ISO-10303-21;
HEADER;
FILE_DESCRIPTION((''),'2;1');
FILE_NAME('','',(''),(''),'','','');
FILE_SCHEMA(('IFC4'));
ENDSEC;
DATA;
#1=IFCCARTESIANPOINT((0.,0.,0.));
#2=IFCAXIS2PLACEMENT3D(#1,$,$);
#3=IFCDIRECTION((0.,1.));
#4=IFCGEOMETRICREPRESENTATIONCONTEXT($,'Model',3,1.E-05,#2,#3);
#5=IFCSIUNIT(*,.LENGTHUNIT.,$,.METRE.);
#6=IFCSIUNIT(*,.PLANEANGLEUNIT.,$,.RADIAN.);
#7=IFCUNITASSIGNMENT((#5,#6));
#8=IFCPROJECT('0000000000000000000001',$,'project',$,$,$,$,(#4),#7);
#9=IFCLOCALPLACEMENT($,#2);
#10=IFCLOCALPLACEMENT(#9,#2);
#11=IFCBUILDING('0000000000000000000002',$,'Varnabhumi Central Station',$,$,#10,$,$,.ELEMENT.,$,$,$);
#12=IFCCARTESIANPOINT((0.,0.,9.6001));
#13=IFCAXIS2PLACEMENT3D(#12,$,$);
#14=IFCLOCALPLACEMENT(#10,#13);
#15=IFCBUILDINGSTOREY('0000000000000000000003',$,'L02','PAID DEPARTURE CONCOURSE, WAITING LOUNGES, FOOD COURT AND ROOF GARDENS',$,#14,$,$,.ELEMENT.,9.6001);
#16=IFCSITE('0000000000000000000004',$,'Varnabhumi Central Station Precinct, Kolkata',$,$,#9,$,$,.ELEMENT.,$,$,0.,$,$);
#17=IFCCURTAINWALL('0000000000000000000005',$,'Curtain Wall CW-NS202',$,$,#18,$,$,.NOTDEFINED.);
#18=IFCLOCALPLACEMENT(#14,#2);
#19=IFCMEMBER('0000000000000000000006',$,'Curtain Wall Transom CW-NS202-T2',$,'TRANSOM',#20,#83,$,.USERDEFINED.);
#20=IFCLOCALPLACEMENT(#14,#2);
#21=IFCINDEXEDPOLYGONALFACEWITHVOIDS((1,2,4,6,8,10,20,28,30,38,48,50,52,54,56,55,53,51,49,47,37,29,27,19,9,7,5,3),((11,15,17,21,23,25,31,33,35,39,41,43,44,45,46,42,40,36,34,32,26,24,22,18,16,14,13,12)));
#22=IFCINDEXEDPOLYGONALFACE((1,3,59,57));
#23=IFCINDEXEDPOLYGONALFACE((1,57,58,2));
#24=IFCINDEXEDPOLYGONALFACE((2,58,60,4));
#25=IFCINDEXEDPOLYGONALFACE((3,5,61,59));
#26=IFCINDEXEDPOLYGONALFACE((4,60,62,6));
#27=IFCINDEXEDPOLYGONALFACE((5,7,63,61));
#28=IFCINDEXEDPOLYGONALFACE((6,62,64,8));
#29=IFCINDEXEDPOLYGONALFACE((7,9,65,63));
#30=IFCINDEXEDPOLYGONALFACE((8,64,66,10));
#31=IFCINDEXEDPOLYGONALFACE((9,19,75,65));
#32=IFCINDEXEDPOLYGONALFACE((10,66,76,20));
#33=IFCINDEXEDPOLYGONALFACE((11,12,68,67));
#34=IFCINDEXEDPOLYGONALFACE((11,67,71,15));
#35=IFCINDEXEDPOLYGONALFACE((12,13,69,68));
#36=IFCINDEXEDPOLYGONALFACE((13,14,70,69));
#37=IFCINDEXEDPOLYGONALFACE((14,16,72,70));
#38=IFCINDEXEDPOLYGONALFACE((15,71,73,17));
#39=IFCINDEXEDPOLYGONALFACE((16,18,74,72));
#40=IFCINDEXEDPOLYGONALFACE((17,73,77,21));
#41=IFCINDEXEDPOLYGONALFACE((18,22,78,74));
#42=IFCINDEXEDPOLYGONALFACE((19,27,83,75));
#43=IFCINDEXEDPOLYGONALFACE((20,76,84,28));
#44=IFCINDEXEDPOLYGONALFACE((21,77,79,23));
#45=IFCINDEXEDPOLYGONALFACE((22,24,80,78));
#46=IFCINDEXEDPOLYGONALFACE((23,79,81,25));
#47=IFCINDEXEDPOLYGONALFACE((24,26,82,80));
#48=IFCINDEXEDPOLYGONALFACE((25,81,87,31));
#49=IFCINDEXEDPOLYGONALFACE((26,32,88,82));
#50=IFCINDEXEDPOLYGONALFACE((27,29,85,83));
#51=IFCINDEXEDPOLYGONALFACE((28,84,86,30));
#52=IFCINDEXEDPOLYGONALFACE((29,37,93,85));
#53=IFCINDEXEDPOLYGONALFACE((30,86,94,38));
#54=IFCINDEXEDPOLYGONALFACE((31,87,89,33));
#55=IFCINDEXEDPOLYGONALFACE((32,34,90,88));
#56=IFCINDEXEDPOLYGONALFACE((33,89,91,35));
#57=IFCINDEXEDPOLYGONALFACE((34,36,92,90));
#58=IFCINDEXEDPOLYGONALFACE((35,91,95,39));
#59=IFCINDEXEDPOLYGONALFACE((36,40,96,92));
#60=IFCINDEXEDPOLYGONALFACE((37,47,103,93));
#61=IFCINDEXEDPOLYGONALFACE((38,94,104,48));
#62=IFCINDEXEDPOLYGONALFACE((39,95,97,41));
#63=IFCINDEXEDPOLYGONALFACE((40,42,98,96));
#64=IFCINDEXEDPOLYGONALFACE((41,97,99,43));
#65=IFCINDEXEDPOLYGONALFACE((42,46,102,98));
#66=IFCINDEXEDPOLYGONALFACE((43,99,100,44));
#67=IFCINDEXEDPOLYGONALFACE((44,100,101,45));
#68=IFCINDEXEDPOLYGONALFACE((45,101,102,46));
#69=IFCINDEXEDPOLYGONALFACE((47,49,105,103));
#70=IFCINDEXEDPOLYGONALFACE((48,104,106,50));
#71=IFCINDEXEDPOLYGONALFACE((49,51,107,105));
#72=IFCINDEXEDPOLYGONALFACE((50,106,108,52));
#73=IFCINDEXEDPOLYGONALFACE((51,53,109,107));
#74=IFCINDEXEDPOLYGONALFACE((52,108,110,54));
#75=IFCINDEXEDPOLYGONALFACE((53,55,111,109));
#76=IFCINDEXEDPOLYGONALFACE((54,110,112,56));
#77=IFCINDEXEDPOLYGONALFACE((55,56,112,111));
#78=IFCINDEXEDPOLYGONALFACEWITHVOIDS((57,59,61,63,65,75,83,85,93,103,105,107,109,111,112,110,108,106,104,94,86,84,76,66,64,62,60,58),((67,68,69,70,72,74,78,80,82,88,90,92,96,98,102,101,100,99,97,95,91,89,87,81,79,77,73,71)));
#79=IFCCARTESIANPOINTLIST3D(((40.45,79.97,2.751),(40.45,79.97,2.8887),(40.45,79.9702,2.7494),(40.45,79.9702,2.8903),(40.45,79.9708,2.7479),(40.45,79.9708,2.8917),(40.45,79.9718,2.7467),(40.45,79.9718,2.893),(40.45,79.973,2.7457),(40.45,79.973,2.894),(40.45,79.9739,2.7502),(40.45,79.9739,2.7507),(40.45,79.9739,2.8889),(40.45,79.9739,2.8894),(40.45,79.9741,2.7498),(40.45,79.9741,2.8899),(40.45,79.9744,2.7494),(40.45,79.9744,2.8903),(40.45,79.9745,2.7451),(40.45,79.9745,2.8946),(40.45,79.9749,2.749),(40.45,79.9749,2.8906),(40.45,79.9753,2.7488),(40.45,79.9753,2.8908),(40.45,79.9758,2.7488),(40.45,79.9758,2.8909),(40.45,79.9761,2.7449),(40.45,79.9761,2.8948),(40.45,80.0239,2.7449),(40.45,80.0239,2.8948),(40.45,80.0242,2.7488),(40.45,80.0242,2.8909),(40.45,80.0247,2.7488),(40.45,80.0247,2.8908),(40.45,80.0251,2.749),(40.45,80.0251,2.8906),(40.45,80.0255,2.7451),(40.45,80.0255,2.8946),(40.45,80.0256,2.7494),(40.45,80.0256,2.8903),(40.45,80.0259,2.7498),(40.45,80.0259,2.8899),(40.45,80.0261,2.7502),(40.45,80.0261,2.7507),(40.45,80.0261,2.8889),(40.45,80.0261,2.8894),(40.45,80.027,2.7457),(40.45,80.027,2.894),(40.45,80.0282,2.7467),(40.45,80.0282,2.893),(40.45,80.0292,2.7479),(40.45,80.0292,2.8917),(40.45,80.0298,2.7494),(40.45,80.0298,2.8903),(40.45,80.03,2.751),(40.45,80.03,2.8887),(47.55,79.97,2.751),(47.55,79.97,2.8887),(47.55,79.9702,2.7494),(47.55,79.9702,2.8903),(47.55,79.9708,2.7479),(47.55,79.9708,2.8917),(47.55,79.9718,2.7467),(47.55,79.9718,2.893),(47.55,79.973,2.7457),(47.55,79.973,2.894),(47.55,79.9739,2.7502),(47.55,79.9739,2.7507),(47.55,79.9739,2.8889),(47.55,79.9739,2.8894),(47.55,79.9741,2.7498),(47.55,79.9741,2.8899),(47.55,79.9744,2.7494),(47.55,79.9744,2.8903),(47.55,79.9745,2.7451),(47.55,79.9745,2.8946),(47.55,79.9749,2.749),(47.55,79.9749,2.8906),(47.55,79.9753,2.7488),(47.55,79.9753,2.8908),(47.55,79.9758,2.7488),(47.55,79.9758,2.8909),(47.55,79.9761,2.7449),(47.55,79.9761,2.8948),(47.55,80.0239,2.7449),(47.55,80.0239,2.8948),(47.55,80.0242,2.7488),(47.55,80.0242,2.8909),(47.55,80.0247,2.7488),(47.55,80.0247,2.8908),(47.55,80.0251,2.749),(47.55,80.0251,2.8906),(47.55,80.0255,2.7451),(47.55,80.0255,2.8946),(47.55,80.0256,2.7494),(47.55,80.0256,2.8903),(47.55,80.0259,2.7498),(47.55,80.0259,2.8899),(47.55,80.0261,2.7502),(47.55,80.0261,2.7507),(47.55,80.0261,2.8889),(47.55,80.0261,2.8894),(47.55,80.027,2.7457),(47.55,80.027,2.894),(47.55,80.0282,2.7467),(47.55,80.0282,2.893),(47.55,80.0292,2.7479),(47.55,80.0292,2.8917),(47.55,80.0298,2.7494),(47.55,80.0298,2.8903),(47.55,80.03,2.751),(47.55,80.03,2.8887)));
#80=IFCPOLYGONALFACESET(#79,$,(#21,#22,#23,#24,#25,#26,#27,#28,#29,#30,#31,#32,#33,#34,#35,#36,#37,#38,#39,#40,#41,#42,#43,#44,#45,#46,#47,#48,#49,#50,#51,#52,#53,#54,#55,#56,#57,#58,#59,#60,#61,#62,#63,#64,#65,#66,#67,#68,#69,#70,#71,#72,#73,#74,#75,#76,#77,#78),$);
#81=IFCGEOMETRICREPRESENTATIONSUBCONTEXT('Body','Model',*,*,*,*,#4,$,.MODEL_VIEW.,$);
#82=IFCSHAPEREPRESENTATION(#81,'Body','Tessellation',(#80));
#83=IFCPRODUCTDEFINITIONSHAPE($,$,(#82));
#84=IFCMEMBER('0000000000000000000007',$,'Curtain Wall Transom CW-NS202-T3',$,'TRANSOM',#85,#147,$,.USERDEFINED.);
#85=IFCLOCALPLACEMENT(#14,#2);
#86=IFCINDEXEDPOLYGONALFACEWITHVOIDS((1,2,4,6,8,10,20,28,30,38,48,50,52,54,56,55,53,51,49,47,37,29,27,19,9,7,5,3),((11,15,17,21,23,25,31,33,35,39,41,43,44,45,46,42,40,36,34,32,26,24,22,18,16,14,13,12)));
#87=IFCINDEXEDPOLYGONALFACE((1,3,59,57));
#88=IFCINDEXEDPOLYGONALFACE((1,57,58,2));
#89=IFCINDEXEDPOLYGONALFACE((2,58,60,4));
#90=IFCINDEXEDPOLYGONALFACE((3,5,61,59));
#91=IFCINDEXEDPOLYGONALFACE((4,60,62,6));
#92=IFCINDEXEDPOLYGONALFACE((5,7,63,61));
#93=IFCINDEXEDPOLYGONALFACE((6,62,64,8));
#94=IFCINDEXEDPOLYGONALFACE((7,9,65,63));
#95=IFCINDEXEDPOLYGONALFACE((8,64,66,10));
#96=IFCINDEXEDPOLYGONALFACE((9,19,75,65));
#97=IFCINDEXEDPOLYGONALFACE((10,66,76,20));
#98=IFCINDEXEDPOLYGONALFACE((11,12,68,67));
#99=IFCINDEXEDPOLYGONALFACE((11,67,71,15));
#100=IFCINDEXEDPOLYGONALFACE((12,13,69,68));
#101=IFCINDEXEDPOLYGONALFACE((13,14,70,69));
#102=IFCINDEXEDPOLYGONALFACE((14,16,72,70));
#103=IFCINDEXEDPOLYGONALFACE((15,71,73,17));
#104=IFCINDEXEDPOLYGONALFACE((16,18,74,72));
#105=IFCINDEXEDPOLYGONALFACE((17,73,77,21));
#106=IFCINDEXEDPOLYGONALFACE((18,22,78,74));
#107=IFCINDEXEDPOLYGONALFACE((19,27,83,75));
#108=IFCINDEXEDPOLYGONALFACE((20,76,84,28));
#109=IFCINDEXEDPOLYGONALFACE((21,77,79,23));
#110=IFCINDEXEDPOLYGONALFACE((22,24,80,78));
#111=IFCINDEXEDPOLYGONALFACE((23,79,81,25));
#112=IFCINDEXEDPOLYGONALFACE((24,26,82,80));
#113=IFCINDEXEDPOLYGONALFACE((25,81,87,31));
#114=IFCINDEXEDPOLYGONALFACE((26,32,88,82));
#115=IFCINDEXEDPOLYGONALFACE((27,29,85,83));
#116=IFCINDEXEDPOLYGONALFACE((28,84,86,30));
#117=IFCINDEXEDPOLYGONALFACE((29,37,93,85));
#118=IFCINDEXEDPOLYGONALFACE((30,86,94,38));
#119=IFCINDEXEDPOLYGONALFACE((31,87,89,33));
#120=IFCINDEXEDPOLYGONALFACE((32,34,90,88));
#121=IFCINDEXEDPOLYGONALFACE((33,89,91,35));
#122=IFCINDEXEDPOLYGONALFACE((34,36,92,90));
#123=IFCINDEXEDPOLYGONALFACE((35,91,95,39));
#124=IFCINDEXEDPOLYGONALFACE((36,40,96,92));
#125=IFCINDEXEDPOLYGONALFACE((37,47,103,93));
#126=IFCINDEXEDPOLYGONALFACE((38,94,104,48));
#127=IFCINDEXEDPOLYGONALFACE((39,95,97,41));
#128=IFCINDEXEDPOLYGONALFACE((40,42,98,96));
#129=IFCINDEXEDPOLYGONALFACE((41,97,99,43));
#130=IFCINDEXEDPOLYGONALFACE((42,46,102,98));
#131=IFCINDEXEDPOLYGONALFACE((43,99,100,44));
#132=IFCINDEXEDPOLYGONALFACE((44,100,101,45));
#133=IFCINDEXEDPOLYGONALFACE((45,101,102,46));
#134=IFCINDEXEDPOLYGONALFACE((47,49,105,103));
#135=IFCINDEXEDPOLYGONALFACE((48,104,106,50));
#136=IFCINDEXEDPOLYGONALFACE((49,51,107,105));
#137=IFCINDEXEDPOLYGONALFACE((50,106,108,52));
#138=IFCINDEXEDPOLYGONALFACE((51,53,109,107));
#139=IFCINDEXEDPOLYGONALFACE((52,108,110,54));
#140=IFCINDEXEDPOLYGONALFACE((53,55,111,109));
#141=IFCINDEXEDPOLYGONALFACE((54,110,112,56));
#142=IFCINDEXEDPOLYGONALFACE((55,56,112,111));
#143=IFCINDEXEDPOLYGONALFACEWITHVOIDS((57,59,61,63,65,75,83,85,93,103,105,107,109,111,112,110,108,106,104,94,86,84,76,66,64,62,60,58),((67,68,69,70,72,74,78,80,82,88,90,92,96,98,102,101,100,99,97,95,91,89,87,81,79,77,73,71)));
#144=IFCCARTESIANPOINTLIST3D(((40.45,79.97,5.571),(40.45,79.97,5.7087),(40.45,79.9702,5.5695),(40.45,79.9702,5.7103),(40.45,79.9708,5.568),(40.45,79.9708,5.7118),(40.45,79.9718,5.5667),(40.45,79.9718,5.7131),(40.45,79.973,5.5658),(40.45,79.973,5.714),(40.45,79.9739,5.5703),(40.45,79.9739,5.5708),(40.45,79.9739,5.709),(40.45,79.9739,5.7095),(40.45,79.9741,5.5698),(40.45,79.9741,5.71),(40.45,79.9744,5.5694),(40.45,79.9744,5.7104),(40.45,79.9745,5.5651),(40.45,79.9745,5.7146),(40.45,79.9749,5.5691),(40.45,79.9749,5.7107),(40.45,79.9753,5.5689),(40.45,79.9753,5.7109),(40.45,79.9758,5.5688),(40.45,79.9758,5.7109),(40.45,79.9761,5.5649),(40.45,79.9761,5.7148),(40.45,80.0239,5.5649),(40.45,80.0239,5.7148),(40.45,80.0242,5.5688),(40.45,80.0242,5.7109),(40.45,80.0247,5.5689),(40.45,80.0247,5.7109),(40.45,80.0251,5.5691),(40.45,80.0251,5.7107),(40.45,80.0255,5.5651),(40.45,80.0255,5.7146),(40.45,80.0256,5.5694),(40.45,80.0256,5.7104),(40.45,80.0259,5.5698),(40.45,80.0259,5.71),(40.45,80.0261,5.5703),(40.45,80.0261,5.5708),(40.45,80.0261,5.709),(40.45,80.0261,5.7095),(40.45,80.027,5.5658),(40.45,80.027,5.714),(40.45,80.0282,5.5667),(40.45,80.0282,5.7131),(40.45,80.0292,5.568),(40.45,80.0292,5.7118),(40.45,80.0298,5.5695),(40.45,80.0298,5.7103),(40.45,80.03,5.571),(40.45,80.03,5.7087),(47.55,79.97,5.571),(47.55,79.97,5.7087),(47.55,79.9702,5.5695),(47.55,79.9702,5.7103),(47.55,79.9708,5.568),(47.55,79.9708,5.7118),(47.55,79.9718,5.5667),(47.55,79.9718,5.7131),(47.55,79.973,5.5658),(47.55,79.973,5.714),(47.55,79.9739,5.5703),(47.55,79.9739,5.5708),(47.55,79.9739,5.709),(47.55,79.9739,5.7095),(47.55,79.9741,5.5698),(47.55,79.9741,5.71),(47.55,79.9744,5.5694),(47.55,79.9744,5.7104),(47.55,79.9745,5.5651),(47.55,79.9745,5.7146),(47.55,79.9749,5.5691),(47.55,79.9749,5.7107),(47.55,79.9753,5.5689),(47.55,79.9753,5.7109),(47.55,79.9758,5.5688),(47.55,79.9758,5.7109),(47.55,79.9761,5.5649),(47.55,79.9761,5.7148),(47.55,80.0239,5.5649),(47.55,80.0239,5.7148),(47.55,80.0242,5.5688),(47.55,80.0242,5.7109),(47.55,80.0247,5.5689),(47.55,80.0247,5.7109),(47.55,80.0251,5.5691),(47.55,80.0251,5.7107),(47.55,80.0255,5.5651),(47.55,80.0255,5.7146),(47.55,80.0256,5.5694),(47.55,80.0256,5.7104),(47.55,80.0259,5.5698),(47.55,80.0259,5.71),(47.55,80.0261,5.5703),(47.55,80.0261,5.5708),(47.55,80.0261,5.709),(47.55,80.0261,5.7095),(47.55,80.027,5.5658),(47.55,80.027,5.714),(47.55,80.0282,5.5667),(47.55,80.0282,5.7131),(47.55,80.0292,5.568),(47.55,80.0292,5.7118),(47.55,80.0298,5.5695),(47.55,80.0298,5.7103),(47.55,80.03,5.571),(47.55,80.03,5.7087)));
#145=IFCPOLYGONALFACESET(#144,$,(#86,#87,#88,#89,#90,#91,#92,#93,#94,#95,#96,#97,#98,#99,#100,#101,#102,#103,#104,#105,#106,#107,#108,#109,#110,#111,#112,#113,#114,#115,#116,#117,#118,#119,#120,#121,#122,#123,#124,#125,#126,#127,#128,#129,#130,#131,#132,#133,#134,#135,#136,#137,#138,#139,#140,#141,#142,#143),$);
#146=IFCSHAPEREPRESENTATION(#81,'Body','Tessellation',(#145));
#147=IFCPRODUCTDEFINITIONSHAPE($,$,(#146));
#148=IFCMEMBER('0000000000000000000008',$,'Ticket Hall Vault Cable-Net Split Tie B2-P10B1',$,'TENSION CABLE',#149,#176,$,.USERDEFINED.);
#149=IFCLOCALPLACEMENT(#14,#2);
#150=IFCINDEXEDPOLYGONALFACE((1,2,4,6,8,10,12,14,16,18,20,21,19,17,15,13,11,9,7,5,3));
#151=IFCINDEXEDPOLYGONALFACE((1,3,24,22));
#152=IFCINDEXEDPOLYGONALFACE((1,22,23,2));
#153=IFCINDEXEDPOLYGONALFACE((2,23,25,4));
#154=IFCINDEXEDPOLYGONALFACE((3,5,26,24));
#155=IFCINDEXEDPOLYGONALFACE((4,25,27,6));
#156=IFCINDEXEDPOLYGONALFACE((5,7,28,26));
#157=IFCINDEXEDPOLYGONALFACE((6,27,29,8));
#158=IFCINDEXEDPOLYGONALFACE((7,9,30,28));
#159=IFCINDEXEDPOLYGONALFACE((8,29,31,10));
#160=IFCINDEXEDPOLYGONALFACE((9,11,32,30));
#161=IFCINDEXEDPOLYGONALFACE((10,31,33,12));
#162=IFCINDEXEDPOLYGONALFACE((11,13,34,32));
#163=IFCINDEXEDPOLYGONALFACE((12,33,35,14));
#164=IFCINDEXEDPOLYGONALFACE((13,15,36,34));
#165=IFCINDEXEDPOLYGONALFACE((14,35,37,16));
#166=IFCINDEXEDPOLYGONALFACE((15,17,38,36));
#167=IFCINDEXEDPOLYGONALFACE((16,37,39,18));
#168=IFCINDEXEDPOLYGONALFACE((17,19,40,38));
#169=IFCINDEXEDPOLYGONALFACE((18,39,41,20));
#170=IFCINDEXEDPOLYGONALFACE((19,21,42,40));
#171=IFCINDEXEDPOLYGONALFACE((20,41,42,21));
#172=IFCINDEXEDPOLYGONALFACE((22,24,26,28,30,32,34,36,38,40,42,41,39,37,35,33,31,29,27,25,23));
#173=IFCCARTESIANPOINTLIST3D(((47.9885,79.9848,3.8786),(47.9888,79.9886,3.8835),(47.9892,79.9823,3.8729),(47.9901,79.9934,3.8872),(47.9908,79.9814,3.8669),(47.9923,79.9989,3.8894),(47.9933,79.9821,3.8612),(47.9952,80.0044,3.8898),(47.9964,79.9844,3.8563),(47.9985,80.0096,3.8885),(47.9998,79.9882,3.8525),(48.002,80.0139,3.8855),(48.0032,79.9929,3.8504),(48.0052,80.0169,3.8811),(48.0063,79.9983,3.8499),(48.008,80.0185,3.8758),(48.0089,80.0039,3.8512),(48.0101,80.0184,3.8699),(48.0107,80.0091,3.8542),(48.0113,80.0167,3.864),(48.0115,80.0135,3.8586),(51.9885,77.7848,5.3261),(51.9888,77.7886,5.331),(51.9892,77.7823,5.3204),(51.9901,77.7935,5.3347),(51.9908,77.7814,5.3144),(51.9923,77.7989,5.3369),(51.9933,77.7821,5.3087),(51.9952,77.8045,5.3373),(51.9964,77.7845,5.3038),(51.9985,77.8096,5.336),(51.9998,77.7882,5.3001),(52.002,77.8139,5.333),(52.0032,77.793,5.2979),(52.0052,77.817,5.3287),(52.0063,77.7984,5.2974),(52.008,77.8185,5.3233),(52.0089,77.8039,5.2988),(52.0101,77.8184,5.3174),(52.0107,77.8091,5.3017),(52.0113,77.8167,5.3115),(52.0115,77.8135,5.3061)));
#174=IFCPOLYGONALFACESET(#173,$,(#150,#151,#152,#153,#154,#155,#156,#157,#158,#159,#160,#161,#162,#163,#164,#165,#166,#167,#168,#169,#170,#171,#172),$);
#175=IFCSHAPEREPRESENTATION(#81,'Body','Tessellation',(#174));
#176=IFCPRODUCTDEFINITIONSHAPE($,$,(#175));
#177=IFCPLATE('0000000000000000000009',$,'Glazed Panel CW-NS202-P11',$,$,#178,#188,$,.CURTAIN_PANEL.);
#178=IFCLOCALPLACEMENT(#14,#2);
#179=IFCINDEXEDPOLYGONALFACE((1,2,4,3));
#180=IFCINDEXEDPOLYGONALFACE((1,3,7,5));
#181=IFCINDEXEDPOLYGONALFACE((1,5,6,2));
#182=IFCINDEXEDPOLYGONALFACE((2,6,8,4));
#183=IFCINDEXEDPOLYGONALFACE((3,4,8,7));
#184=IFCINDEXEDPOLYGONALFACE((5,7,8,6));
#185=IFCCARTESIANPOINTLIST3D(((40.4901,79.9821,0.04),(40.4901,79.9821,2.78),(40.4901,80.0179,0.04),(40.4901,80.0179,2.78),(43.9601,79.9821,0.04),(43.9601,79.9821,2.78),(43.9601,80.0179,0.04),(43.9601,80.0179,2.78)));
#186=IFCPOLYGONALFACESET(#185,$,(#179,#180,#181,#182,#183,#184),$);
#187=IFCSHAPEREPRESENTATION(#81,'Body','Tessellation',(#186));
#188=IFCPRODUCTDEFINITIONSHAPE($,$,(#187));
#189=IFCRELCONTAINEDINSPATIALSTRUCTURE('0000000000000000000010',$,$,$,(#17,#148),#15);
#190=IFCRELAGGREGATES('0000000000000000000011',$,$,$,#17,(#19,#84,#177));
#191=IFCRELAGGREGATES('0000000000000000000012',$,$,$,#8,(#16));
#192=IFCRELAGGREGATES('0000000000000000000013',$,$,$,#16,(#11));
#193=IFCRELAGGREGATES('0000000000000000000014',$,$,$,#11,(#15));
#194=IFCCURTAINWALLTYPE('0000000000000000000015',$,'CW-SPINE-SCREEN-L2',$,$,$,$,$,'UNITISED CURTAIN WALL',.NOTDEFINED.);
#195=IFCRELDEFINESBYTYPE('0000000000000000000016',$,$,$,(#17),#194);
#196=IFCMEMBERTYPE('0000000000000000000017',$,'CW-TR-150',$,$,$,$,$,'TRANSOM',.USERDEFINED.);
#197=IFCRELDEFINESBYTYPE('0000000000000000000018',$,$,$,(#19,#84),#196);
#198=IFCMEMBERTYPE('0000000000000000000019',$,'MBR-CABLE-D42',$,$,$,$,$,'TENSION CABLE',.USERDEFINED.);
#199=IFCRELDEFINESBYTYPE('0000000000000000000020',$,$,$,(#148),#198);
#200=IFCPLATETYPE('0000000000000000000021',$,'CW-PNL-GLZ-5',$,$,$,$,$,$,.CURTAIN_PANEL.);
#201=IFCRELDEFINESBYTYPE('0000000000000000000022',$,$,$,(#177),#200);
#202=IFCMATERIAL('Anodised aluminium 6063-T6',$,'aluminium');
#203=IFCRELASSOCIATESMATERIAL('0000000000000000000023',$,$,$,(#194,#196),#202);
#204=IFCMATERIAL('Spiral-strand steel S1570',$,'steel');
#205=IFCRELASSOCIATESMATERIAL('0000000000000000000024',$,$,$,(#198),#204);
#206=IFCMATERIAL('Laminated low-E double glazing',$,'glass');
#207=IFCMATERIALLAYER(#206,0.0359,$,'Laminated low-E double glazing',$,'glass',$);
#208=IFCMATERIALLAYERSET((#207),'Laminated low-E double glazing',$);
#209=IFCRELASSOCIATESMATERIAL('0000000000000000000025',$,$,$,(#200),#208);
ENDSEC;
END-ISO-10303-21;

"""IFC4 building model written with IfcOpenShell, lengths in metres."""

from ifc_helpers import new_model, si_unit, direction, frame, origin, origin_2d, place, context, subcontext, project, spatial, rectangle, hollow_rectangle, circle, extrude, material, layer, layer_set, material_profile, profile_set, type_object, element, aggregate, save


model = new_model("IFC4")

# Units and contexts
model_context = context("Model", 3, precision=1e-05, world=origin(), true_north=direction((0.0, 1.0)))
body_context = subcontext(model_context, "Body", "Model", "MODEL_VIEW")
ifc_project = project(units=[si_unit("LENGTHUNIT", "METRE"), si_unit("PLANEANGLEUNIT", "RADIAN")], contexts=[model_context])

# Site, building, storey
site_placement = place(None, origin())
site = spatial("IfcSite", under=ifc_project, at=site_placement, Name="Varnabhumi Central Station Precinct, Kolkata", CompositionType="ELEMENT", RefElevation=0.0)
building_placement = place(site_placement, origin())
building = spatial("IfcBuilding", under=site, at=building_placement, Name="Varnabhumi Central Station", CompositionType="ELEMENT")
storey_placement = place(building_placement, frame((0.0, 0.0, 9.6001)))
storey = spatial("IfcBuildingStorey", under=building, at=storey_placement, Name="L02", Description="PAID DEPARTURE CONCOURSE, WAITING LOUNGES, FOOD COURT AND ROOF GARDENS", CompositionType="ELEMENT", Elevation=9.6001)

# Curtain wall
ifc_material_1 = material(Name="Anodised aluminium 6063-T6", Category="aluminium")
curtain_wall_type_1 = type_object("IfcCurtainWallType", Name="CW-SPINE-SCREEN-L2", ElementType="UNITISED CURTAIN WALL", PredefinedType="NOTDEFINED", material=ifc_material_1)
curtain_wall_1_placement = place(storey_placement, origin())
curtain_wall_1 = element("IfcCurtainWall", 1, at=curtain_wall_1_placement, inside=storey, type_object=curtain_wall_type_1, Name="Curtain Wall CW-NS202", PredefinedType="NOTDEFINED")

# Members
ifc_material_profile_1 = material_profile(ifc_material_1, hollow_rectangle(XDim=0.0601, YDim=0.1499, WallThickness=0.0039, InnerFilletRadius=0.002, OuterFilletRadius=0.0061, at=origin_2d()), Name="Anodised aluminium 6063-T6", Category="aluminium")
ifc_profile_set_1 = profile_set([ifc_material_profile_1], Name="Anodised aluminium 6063-T6")
member_type_1 = type_object("IfcMemberType", Name="CW-TR-150", ElementType="TRANSOM", PredefinedType="USERDEFINED", material=ifc_profile_set_1)
member_1_placement = place(storey_placement, frame((40.45, 80.0, 2.8198), z_axis=(1.0, 0.0, 0.0), x_axis=(0.0, 1.0, 0.0)))
member_1 = element("IfcMember", 2, at=member_1_placement, type_object=member_type_1, Name="Curtain Wall Transom CW-NS202-T2", ObjectType="TRANSOM", PredefinedType="USERDEFINED", context=body_context, shape_type="SweptSolid", body=[
    extrude(hollow_rectangle(XDim=0.0601, YDim=0.1499, WallThickness=0.0039, InnerFilletRadius=0.002, OuterFilletRadius=0.0061, at=origin_2d()), origin(), (0.0, 0.0, 1.0), 7.1001),
])
member_2_placement = place(storey_placement, frame((40.45, 80.0, 5.6399), z_axis=(1.0, 0.0, 0.0), x_axis=(0.0, 1.0, 0.0)))
member_2 = element("IfcMember", 3, at=member_2_placement, type_object=member_type_1, Name="Curtain Wall Transom CW-NS202-T3", ObjectType="TRANSOM", PredefinedType="USERDEFINED", context=body_context, shape_type="SweptSolid", body=[
    extrude(hollow_rectangle(XDim=0.0601, YDim=0.1499, WallThickness=0.0039, InnerFilletRadius=0.002, OuterFilletRadius=0.0061, at=origin_2d()), origin(), (0.0, 0.0, 1.0), 7.1001),
])
ifc_material_2 = material(Name="Spiral-strand steel S1570", Category="steel")
ifc_material_profile_2 = material_profile(ifc_material_2, circle(Radius=0.021, at=origin_2d()), Name="Spiral-strand steel S1570", Category="steel")
ifc_profile_set_2 = profile_set([ifc_material_profile_2], Name="Spiral-strand steel S1570")
member_type_2 = type_object("IfcMemberType", Name="MBR-CABLE-D42", ElementType="TENSION CABLE", PredefinedType="USERDEFINED", material=ifc_profile_set_2)
member_3_placement = place(storey_placement, frame((48.0, 80.0, 3.8699), z_axis=(0.835237, -0.45937, 0.302254), x_axis=(0.481911, 0.87622, 0.0)))
element("IfcMember", 4, at=member_3_placement, inside=storey, type_object=member_type_2, Name="Ticket Hall Vault Cable-Net Split Tie B2-P10B1", ObjectType="TENSION CABLE", PredefinedType="USERDEFINED", context=body_context, shape_type="SweptSolid", body=[
    extrude(circle(Radius=0.021, at=origin_2d()), origin(), (0.0, 0.0, 1.0), 4.7891),
])

# Plate
ifc_material_3 = material(Name="Laminated low-E double glazing", Category="glass")
ifc_layer_1 = layer(ifc_material_3, 0.0359, Name="Laminated low-E double glazing", Category="glass")
ifc_layer_set_1 = layer_set([ifc_layer_1], Name="Laminated low-E double glazing")
plate_type_1 = type_object("IfcPlateType", Name="CW-PNL-GLZ-5", PredefinedType="CURTAIN_PANEL", material=ifc_layer_set_1)
plate_1_placement = place(storey_placement, frame((42.2251, 80.0, 0.04), z_axis=(0.0, 0.0, 1.0), x_axis=(1.0, 0.0, 0.0)))
plate_1 = element("IfcPlate", 5, at=plate_1_placement, type_object=plate_type_1, Name="Glazed Panel CW-NS202-P11", PredefinedType="CURTAIN_PANEL", context=body_context, shape_type="SweptSolid", body=[
    extrude(rectangle(XDim=3.47, YDim=0.0359, at=origin_2d()), origin(), (0.0, 0.0, 1.0), 2.74),
])
aggregate(curtain_wall_1, [member_1, member_2, plate_1])

save(model, "model.ifc")
